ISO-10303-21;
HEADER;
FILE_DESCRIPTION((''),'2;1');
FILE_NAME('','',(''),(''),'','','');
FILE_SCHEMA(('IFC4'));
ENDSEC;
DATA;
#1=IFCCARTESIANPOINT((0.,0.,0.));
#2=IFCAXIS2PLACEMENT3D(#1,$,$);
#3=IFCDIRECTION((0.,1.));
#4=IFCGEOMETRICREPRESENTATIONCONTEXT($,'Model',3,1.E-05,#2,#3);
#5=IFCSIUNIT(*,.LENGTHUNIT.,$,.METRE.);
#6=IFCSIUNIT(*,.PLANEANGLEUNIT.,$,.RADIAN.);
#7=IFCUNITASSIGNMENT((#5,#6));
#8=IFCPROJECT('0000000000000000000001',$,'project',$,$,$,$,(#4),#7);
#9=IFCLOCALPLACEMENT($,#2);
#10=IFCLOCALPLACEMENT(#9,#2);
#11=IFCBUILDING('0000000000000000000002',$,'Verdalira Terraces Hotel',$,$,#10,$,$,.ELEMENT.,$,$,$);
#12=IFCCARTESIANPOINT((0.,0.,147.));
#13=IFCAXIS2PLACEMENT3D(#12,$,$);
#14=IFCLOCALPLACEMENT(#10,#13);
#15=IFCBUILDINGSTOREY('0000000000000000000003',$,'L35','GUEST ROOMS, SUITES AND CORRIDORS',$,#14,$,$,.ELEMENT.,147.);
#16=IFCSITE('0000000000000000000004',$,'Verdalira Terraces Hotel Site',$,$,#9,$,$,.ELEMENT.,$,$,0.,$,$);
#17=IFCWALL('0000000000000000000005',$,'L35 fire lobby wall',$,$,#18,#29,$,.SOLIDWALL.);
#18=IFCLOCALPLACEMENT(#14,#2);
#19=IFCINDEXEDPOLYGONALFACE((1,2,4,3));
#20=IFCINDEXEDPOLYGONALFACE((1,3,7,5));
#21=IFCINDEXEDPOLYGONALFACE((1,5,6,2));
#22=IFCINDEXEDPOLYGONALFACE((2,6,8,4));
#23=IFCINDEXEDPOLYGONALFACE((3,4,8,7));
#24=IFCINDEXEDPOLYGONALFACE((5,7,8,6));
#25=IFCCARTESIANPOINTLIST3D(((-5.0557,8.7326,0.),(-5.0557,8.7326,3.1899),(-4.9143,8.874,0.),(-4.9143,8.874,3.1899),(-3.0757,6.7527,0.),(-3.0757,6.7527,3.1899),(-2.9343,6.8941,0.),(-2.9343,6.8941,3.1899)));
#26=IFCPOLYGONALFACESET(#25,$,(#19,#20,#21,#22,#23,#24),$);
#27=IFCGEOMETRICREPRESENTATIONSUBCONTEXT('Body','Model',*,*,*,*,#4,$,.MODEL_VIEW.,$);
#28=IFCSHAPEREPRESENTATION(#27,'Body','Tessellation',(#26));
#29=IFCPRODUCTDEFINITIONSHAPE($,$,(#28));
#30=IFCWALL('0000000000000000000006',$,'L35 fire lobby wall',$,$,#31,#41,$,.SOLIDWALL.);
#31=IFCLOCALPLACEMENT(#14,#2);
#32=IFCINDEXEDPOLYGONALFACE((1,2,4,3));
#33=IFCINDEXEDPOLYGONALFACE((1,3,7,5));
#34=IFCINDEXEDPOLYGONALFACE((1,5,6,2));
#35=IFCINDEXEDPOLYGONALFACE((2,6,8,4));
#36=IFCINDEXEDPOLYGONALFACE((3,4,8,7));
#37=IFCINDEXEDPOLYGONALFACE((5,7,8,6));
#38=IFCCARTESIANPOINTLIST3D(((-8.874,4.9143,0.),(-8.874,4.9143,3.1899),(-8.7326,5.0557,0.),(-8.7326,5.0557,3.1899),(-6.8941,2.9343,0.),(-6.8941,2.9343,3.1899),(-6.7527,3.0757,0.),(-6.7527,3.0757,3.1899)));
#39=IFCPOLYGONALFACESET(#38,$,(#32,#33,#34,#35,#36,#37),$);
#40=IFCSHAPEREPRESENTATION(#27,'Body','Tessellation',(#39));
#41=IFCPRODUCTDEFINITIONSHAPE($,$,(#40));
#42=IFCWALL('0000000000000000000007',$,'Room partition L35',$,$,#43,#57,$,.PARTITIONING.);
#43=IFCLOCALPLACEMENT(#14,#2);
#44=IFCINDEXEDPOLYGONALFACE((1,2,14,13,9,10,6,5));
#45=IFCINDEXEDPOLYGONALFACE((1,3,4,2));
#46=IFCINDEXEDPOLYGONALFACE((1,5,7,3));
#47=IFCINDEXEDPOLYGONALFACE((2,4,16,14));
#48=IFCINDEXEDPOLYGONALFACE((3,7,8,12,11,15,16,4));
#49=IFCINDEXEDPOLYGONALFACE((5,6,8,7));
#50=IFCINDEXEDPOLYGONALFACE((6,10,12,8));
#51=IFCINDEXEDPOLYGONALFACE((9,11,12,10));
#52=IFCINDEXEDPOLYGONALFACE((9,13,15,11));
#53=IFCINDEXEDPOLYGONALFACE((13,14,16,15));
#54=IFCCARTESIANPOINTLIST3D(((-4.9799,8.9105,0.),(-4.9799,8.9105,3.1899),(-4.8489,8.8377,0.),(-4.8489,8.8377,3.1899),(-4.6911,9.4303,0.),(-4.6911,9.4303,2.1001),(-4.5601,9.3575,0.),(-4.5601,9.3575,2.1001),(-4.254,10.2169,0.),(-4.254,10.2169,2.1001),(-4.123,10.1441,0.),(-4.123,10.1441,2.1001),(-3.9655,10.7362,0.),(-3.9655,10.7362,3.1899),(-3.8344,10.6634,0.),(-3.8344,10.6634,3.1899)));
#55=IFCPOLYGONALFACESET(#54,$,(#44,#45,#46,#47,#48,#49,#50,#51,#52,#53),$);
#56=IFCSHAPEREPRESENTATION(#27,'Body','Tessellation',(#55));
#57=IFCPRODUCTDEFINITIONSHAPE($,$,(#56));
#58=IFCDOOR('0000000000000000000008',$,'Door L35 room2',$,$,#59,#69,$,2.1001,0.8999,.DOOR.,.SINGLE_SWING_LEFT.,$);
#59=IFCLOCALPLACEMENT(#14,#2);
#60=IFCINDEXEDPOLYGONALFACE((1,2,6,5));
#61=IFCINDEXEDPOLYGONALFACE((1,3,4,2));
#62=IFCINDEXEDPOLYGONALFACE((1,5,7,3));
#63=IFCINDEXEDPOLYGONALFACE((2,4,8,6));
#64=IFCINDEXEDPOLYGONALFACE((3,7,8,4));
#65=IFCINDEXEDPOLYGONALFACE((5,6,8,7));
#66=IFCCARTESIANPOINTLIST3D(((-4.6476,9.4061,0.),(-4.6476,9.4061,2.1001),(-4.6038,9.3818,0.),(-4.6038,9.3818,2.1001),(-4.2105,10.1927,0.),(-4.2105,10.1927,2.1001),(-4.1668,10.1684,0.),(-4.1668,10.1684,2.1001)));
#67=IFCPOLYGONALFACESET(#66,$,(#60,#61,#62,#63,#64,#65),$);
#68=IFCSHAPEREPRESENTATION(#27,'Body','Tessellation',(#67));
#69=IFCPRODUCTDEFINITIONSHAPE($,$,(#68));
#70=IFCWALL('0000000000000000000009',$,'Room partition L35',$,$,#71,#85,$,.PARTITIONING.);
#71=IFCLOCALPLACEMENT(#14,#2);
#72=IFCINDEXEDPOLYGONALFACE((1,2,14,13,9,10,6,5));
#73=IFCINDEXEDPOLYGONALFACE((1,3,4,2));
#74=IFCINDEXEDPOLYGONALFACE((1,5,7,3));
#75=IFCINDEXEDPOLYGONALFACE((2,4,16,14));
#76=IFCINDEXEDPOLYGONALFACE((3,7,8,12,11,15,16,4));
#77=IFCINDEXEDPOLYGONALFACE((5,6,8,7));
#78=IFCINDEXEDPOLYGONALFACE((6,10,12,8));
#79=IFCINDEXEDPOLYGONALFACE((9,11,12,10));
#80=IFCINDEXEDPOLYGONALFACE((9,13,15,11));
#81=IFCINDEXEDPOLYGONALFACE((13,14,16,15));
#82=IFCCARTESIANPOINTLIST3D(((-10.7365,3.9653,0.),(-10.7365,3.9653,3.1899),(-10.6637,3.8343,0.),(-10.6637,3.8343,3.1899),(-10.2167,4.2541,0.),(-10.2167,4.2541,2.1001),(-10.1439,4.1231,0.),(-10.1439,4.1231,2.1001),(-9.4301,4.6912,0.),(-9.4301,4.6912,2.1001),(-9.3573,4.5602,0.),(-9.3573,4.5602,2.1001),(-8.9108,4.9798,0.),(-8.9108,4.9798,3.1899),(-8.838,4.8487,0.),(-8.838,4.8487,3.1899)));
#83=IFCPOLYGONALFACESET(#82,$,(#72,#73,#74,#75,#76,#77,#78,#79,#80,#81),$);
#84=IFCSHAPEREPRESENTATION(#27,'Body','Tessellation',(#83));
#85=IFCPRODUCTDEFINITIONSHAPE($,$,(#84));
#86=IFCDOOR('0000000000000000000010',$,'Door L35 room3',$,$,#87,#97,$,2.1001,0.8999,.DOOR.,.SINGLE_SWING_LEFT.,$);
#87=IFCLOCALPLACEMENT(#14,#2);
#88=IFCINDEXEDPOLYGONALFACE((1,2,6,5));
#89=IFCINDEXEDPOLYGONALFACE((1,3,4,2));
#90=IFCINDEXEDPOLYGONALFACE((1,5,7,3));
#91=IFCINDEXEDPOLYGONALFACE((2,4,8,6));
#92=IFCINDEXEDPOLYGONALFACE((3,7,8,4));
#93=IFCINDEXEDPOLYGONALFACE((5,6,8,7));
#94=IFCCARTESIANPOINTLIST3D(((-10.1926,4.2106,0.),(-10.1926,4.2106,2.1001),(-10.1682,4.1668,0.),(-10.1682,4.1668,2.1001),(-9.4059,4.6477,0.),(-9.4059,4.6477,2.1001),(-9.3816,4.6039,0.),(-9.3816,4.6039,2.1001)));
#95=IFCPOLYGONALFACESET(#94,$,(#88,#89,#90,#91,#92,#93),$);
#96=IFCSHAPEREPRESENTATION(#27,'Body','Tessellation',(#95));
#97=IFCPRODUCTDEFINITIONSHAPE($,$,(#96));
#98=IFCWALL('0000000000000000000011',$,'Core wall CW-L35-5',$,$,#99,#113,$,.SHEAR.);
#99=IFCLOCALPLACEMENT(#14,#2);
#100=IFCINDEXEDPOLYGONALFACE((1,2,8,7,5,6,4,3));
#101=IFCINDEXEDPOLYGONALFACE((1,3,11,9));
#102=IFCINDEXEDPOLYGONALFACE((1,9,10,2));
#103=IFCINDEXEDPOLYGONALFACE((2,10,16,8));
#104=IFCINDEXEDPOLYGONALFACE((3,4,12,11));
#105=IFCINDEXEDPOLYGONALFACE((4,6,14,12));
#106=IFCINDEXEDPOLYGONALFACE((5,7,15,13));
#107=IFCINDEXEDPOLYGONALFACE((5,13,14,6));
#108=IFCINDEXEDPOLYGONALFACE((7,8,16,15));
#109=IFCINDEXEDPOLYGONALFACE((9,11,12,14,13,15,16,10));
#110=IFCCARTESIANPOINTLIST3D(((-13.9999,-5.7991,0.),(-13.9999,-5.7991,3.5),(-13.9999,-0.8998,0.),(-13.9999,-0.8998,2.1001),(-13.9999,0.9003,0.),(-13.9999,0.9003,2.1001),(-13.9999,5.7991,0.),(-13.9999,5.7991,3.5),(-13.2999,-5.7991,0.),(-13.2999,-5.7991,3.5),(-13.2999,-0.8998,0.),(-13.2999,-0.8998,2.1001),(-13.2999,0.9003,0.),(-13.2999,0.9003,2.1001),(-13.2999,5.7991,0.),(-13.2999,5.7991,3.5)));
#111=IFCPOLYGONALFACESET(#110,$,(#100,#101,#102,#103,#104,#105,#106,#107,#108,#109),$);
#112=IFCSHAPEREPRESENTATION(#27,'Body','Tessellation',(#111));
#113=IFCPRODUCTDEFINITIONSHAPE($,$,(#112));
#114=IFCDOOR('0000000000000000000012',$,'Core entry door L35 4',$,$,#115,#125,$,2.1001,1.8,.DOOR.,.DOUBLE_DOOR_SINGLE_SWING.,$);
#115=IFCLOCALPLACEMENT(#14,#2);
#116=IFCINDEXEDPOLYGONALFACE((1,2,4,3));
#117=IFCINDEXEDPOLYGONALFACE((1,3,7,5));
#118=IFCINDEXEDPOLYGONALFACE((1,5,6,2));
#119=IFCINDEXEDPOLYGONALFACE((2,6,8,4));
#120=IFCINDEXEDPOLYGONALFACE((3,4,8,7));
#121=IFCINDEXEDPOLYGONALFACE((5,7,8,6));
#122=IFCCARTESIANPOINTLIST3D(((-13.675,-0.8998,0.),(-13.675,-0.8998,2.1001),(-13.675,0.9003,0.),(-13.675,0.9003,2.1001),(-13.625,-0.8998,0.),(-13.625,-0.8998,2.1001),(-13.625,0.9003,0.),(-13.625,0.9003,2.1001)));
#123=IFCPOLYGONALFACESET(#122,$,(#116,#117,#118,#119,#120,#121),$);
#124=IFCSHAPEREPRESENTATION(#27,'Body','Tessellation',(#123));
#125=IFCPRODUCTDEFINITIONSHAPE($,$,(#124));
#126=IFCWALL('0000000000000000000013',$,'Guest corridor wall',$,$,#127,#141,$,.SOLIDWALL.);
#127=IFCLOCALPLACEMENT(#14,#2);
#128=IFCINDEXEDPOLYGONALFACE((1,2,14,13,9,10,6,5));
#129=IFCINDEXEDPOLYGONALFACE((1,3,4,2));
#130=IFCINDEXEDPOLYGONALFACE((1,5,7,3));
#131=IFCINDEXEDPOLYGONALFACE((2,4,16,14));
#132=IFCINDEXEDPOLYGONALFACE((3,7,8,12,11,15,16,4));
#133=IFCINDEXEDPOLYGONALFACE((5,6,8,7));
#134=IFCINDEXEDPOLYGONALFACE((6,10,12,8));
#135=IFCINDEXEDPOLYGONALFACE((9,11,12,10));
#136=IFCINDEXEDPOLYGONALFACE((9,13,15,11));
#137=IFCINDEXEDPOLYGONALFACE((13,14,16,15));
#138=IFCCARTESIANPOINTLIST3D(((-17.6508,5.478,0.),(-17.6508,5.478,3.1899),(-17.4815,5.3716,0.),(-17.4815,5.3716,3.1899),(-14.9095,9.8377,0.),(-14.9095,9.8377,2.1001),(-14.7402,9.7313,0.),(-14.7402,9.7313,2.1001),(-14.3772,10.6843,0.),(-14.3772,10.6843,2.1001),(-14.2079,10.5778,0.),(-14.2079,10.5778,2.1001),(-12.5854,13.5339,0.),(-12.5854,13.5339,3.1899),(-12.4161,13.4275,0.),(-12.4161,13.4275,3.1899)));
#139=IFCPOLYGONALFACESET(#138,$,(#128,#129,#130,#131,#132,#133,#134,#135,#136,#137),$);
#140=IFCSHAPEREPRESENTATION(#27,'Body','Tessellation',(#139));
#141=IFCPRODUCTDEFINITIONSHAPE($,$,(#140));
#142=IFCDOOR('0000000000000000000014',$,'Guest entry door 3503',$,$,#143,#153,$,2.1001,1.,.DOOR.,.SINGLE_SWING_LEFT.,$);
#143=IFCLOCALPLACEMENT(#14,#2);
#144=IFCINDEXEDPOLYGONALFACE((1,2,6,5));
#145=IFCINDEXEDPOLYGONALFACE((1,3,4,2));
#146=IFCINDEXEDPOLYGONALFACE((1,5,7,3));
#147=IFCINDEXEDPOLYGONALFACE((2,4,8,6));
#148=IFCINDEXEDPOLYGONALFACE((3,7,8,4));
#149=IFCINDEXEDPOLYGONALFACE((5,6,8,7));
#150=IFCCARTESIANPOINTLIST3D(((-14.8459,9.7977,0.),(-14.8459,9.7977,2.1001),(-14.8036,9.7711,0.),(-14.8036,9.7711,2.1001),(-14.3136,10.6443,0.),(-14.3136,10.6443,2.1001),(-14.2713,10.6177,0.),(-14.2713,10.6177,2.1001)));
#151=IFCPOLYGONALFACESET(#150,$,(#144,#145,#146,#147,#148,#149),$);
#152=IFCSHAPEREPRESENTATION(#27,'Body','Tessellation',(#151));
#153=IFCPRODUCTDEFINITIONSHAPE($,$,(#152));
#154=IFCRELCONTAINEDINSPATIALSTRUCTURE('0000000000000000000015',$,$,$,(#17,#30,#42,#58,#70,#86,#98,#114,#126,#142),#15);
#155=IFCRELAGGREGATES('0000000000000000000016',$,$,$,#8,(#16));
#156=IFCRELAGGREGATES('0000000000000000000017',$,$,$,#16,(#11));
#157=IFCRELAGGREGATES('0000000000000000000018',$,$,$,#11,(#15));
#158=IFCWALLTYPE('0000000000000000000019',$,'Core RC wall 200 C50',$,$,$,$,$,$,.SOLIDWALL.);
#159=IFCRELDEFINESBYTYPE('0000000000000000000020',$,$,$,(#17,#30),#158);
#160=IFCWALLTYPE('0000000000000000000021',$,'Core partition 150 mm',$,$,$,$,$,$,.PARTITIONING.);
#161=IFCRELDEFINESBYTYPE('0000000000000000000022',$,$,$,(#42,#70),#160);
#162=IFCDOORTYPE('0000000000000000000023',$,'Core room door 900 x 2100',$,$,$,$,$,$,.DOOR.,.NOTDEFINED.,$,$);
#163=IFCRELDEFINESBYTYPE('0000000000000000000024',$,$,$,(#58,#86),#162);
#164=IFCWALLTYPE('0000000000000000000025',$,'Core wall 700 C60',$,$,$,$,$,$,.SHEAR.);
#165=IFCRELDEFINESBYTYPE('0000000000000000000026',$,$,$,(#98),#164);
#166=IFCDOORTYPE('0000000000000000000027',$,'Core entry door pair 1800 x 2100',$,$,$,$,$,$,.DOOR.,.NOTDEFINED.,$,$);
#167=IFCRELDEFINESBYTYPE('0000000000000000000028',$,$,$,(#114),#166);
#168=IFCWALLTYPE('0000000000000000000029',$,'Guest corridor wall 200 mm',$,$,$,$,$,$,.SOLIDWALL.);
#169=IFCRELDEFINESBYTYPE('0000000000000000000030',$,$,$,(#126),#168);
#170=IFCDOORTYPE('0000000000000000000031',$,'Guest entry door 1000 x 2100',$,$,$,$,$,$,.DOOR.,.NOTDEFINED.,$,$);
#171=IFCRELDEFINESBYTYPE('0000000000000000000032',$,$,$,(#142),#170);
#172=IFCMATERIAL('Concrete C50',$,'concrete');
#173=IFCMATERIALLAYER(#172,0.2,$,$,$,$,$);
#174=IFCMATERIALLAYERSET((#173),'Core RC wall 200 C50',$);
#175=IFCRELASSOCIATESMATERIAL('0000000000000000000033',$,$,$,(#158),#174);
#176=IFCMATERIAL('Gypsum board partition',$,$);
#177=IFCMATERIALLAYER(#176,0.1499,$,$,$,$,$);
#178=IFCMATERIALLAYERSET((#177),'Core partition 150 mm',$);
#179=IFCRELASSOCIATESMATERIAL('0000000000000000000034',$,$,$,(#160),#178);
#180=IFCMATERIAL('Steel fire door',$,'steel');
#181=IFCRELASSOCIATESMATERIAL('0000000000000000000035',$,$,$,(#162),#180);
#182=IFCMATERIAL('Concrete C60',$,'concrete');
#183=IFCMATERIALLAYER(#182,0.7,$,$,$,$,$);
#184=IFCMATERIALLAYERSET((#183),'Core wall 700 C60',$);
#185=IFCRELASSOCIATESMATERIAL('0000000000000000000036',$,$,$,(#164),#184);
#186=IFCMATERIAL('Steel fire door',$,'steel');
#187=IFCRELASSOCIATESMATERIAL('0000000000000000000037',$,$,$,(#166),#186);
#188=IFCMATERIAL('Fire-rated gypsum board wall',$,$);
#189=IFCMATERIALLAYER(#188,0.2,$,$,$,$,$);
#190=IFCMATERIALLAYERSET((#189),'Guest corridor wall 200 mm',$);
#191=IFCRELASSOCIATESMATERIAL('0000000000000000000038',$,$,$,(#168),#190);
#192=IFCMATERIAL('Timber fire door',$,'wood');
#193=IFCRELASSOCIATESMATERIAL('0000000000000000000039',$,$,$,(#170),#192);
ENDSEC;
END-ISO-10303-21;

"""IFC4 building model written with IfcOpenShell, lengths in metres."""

from ifc_helpers import new_model, si_unit, direction, frame, frame_2d, origin, place, context, subcontext, project, spatial, rectangle, extrude, material, layer, layer_set, type_object, element, fill, save


model = new_model("IFC4")

# Units and contexts
model_context = context("Model", 3, precision=1e-05, world=origin(), true_north=direction((0.0, 1.0)))
body_context = subcontext(model_context, "Body", "Model", "MODEL_VIEW")
ifc_project = project(units=[si_unit("LENGTHUNIT", "METRE"), si_unit("PLANEANGLEUNIT", "RADIAN")], contexts=[model_context])

# Site, building, storey
site_placement = place(None, origin())
site = spatial("IfcSite", under=ifc_project, at=site_placement, Name="Verdalira Terraces Hotel Site", CompositionType="ELEMENT", RefElevation=0.0)
building_placement = place(site_placement, origin())
building = spatial("IfcBuilding", under=site, at=building_placement, Name="Verdalira Terraces Hotel", CompositionType="ELEMENT")
storey_placement = place(building_placement, frame((0.0, 0.0, 147.0)))
storey = spatial("IfcBuildingStorey", under=building, at=storey_placement, Name="L35", Description="GUEST ROOMS, SUITES AND CORRIDORS", CompositionType="ELEMENT", Elevation=147.0)

# Shared definitions
ifc_material_1 = material(Name="Concrete C50", Category="concrete")
ifc_layer_1 = layer(ifc_material_1, 0.2)
ifc_layer_set_1 = layer_set([ifc_layer_1], Name="Core RC wall 200 C50")
wall_type_1 = type_object("IfcWallType", Name="Core RC wall 200 C50", PredefinedType="SOLIDWALL", material=ifc_layer_set_1)

# Walls
for number, where, z_axis, x_axis, name in (
    (1, (-3.0051, 6.8235, 0.0), (0.0, 0.0, 1.0), (-0.707107, 0.707107, 0.0), "L35 fire lobby wall"),
    (2, (-6.8235, 3.0051, 0.0), (0.0, 0.0, 1.0), (-0.707107, 0.707107, 0.0), "L35 fire lobby wall"),
):
    element("IfcWall", number, at=place(storey_placement, frame(where, z_axis=z_axis, x_axis=x_axis)), inside=storey, type_object=wall_type_1, Name=name, PredefinedType="SOLIDWALL", context=body_context, shape_type="SweptSolid", body=[
        extrude(rectangle(XDim=2.8, YDim=0.2, at=frame_2d((1.3999, 0.0))), origin(), (0.0, 0.0, 1.0), 3.1899),
    ])

# Walls, openings, doors
ifc_material_2 = material(Name="Gypsum board partition")
ifc_layer_2 = layer(ifc_material_2, 0.1499)
ifc_layer_set_2 = layer_set([ifc_layer_2], Name="Core partition 150 mm")
wall_type_2 = type_object("IfcWallType", Name="Core partition 150 mm", PredefinedType="PARTITIONING", material=ifc_layer_set_2)
wall_1_placement = place(storey_placement, frame((-3.8999, 10.7, 0.0), z_axis=(0.0, 0.0, 1.0), x_axis=(-0.485693, -0.87413, 0.0)))
wall_1 = element("IfcWall", 3, at=wall_1_placement, inside=storey, type_object=wall_type_2, Name="Room partition L35", PredefinedType="PARTITIONING", context=body_context, shape_type="SweptSolid", body=[
    extrude(rectangle(XDim=2.0886, YDim=0.1499, at=frame_2d((1.0444, 0.0))), origin(), (0.0, 0.0, 1.0), 3.1899),
])
opening_1_placement = place(wall_1_placement, frame((0.5942, 0.0, 0.0)))
opening_1 = element("IfcOpeningElement", 4, at=opening_1_placement, cuts=wall_1, PredefinedType="OPENING", context=body_context, shape_type="SweptSolid", body=[
    extrude(rectangle(XDim=0.8999, YDim=2.1001, at=frame_2d((0.45, 1.05))), frame((0.0, 0.085, 0.0), z_axis=(0.0, -1.0, 0.0), x_axis=(1.0, 0.0, 0.0)), (0.0, 0.0, 1.0), 0.1699),
])
ifc_material_3 = material(Name="Steel fire door", Category="steel")
door_type_1 = type_object("IfcDoorType", Name="Core room door 900 x 2100", OperationType="NOTDEFINED", PredefinedType="DOOR", material=ifc_material_3)
door_1_placement = place(opening_1_placement, origin())
door_1 = element("IfcDoor", 5, at=door_1_placement, inside=storey, type_object=door_type_1, Name="Door L35 room2", OperationType="SINGLE_SWING_LEFT", OverallHeight=2.1001, OverallWidth=0.8999, PredefinedType="DOOR", context=body_context, shape_type="SweptSolid", body=[
    extrude(rectangle(XDim=0.8999, YDim=2.1001, at=frame_2d((0.45, 1.05))), frame((0.0, 0.0249, 0.0), z_axis=(0.0, -1.0, 0.0), x_axis=(1.0, 0.0, 0.0)), (0.0, 0.0, 1.0), 0.05),
])
fill(opening_1, door_1)
wall_2_placement = place(storey_placement, frame((-8.8743, 4.9143, 0.0), z_axis=(0.0, 0.0, 1.0), x_axis=(-0.87413, -0.485693, 0.0)))
wall_2 = element("IfcWall", 6, at=wall_2_placement, inside=storey, type_object=wall_type_2, Name="Room partition L35", PredefinedType="PARTITIONING", context=body_context, shape_type="SweptSolid", body=[
    extrude(rectangle(XDim=2.0886, YDim=0.1499, at=frame_2d((1.0444, 0.0))), origin(), (0.0, 0.0, 1.0), 3.1899),
])
opening_2_placement = place(wall_2_placement, frame((0.5942, 0.0, 0.0)))
opening_2 = element("IfcOpeningElement", 7, at=opening_2_placement, cuts=wall_2, PredefinedType="OPENING", context=body_context, shape_type="SweptSolid", body=[
    extrude(rectangle(XDim=0.8999, YDim=2.1001, at=frame_2d((0.45, 1.05))), frame((0.0, 0.085, 0.0), z_axis=(0.0, -1.0, 0.0), x_axis=(1.0, 0.0, 0.0)), (0.0, 0.0, 1.0), 0.1699),
])
door_2_placement = place(opening_2_placement, origin())
door_2 = element("IfcDoor", 8, at=door_2_placement, inside=storey, type_object=door_type_1, Name="Door L35 room3", OperationType="SINGLE_SWING_LEFT", OverallHeight=2.1001, OverallWidth=0.8999, PredefinedType="DOOR", context=body_context, shape_type="SweptSolid", body=[
    extrude(rectangle(XDim=0.8999, YDim=2.1001, at=frame_2d((0.45, 1.05))), frame((0.0, 0.0249, 0.0), z_axis=(0.0, -1.0, 0.0), x_axis=(1.0, 0.0, 0.0)), (0.0, 0.0, 1.0), 0.05),
])
fill(opening_2, door_2)
ifc_material_4 = material(Name="Concrete C60", Category="concrete")
ifc_layer_3 = layer(ifc_material_4, 0.7)
ifc_layer_set_3 = layer_set([ifc_layer_3], Name="Core wall 700 C60")
wall_type_3 = type_object("IfcWallType", Name="Core wall 700 C60", PredefinedType="SHEAR", material=ifc_layer_set_3)
wall_3_placement = place(storey_placement, frame((-13.6499, 5.7991, 0.0), z_axis=(0.0, 0.0, 1.0), x_axis=(0.0, -1.0, 0.0)))
wall_3 = element("IfcWall", 9, at=wall_3_placement, inside=storey, type_object=wall_type_3, Name="Core wall CW-L35-5", PredefinedType="SHEAR", context=body_context, shape_type="SweptSolid", body=[
    extrude(rectangle(XDim=11.5981, YDim=0.7, at=frame_2d((5.7991, 0.0))), origin(), (0.0, 0.0, 1.0), 3.5),
])
opening_3_placement = place(wall_3_placement, frame((4.8989, 0.0, 0.0)))
opening_3 = element("IfcOpeningElement", 10, at=opening_3_placement, cuts=wall_3, PredefinedType="OPENING", context=body_context, shape_type="SweptSolid", body=[
    extrude(rectangle(XDim=1.8, YDim=2.1001, at=frame_2d((0.8999, 1.05))), frame((0.0, 0.3599, 0.0), z_axis=(0.0, -1.0, 0.0), x_axis=(1.0, 0.0, 0.0)), (0.0, 0.0, 1.0), 0.72),
])
ifc_material_5 = material(Name="Steel fire door", Category="steel")
door_type_2 = type_object("IfcDoorType", Name="Core entry door pair 1800 x 2100", OperationType="NOTDEFINED", PredefinedType="DOOR", material=ifc_material_5)
door_3_placement = place(opening_3_placement, origin())
door_3 = element("IfcDoor", 11, at=door_3_placement, inside=storey, type_object=door_type_2, Name="Core entry door L35 4", OperationType="DOUBLE_DOOR_SINGLE_SWING", OverallHeight=2.1001, OverallWidth=1.8, PredefinedType="DOOR", context=body_context, shape_type="SweptSolid", body=[
    extrude(rectangle(XDim=1.8, YDim=2.1001, at=frame_2d((0.8999, 1.05))), frame((0.0, 0.0249, 0.0), z_axis=(0.0, -1.0, 0.0), x_axis=(1.0, 0.0, 0.0)), (0.0, 0.0, 1.0), 0.05),
])
fill(opening_3, door_3)
ifc_material_6 = material(Name="Fire-rated gypsum board wall")
ifc_layer_4 = layer(ifc_material_6, 0.2)
ifc_layer_set_4 = layer_set([ifc_layer_4], Name="Guest corridor wall 200 mm")
wall_type_4 = type_object("IfcWallType", Name="Guest corridor wall 200 mm", PredefinedType="SOLIDWALL", material=ifc_layer_set_4)
wall_4_placement = place(storey_placement, frame((-17.5662, 5.4248, 0.0), z_axis=(0.0, 0.0, 1.0), x_axis=(0.532301, 0.846555, 0.0)))
wall_4 = element("IfcWall", 12, at=wall_4_placement, inside=storey, type_object=wall_type_4, Name="Guest corridor wall", PredefinedType="SOLIDWALL", context=body_context, shape_type="SweptSolid", body=[
    extrude(rectangle(XDim=9.5161, YDim=0.2, at=frame_2d((4.7581, 0.0))), origin(), (0.0, 0.0, 1.0), 3.1899),
])
opening_4_placement = place(wall_4_placement, frame((5.1499, 0.0, 0.0)))
opening_4 = element("IfcOpeningElement", 13, at=opening_4_placement, cuts=wall_4, PredefinedType="OPENING", context=body_context, shape_type="SweptSolid", body=[
    extrude(rectangle(XDim=1.0, YDim=2.1001, at=frame_2d((0.5, 1.05))), frame((0.0, 0.1099, 0.0), z_axis=(0.0, -1.0, 0.0), x_axis=(1.0, 0.0, 0.0)), (0.0, 0.0, 1.0), 0.22),
])
ifc_material_7 = material(Name="Timber fire door", Category="wood")
door_type_3 = type_object("IfcDoorType", Name="Guest entry door 1000 x 2100", OperationType="NOTDEFINED", PredefinedType="DOOR", material=ifc_material_7)
door_4_placement = place(opening_4_placement, origin())
door_4 = element("IfcDoor", 14, at=door_4_placement, inside=storey, type_object=door_type_3, Name="Guest entry door 3503", OperationType="SINGLE_SWING_LEFT", OverallHeight=2.1001, OverallWidth=1.0, PredefinedType="DOOR", context=body_context, shape_type="SweptSolid", body=[
    extrude(rectangle(XDim=1.0, YDim=2.1001, at=frame_2d((0.5, 1.05))), frame((0.0, 0.0249, 0.0), z_axis=(0.0, -1.0, 0.0), x_axis=(1.0, 0.0, 0.0)), (0.0, 0.0, 1.0), 0.05),
])
fill(opening_4, door_4)

save(model, "model.ifc")
